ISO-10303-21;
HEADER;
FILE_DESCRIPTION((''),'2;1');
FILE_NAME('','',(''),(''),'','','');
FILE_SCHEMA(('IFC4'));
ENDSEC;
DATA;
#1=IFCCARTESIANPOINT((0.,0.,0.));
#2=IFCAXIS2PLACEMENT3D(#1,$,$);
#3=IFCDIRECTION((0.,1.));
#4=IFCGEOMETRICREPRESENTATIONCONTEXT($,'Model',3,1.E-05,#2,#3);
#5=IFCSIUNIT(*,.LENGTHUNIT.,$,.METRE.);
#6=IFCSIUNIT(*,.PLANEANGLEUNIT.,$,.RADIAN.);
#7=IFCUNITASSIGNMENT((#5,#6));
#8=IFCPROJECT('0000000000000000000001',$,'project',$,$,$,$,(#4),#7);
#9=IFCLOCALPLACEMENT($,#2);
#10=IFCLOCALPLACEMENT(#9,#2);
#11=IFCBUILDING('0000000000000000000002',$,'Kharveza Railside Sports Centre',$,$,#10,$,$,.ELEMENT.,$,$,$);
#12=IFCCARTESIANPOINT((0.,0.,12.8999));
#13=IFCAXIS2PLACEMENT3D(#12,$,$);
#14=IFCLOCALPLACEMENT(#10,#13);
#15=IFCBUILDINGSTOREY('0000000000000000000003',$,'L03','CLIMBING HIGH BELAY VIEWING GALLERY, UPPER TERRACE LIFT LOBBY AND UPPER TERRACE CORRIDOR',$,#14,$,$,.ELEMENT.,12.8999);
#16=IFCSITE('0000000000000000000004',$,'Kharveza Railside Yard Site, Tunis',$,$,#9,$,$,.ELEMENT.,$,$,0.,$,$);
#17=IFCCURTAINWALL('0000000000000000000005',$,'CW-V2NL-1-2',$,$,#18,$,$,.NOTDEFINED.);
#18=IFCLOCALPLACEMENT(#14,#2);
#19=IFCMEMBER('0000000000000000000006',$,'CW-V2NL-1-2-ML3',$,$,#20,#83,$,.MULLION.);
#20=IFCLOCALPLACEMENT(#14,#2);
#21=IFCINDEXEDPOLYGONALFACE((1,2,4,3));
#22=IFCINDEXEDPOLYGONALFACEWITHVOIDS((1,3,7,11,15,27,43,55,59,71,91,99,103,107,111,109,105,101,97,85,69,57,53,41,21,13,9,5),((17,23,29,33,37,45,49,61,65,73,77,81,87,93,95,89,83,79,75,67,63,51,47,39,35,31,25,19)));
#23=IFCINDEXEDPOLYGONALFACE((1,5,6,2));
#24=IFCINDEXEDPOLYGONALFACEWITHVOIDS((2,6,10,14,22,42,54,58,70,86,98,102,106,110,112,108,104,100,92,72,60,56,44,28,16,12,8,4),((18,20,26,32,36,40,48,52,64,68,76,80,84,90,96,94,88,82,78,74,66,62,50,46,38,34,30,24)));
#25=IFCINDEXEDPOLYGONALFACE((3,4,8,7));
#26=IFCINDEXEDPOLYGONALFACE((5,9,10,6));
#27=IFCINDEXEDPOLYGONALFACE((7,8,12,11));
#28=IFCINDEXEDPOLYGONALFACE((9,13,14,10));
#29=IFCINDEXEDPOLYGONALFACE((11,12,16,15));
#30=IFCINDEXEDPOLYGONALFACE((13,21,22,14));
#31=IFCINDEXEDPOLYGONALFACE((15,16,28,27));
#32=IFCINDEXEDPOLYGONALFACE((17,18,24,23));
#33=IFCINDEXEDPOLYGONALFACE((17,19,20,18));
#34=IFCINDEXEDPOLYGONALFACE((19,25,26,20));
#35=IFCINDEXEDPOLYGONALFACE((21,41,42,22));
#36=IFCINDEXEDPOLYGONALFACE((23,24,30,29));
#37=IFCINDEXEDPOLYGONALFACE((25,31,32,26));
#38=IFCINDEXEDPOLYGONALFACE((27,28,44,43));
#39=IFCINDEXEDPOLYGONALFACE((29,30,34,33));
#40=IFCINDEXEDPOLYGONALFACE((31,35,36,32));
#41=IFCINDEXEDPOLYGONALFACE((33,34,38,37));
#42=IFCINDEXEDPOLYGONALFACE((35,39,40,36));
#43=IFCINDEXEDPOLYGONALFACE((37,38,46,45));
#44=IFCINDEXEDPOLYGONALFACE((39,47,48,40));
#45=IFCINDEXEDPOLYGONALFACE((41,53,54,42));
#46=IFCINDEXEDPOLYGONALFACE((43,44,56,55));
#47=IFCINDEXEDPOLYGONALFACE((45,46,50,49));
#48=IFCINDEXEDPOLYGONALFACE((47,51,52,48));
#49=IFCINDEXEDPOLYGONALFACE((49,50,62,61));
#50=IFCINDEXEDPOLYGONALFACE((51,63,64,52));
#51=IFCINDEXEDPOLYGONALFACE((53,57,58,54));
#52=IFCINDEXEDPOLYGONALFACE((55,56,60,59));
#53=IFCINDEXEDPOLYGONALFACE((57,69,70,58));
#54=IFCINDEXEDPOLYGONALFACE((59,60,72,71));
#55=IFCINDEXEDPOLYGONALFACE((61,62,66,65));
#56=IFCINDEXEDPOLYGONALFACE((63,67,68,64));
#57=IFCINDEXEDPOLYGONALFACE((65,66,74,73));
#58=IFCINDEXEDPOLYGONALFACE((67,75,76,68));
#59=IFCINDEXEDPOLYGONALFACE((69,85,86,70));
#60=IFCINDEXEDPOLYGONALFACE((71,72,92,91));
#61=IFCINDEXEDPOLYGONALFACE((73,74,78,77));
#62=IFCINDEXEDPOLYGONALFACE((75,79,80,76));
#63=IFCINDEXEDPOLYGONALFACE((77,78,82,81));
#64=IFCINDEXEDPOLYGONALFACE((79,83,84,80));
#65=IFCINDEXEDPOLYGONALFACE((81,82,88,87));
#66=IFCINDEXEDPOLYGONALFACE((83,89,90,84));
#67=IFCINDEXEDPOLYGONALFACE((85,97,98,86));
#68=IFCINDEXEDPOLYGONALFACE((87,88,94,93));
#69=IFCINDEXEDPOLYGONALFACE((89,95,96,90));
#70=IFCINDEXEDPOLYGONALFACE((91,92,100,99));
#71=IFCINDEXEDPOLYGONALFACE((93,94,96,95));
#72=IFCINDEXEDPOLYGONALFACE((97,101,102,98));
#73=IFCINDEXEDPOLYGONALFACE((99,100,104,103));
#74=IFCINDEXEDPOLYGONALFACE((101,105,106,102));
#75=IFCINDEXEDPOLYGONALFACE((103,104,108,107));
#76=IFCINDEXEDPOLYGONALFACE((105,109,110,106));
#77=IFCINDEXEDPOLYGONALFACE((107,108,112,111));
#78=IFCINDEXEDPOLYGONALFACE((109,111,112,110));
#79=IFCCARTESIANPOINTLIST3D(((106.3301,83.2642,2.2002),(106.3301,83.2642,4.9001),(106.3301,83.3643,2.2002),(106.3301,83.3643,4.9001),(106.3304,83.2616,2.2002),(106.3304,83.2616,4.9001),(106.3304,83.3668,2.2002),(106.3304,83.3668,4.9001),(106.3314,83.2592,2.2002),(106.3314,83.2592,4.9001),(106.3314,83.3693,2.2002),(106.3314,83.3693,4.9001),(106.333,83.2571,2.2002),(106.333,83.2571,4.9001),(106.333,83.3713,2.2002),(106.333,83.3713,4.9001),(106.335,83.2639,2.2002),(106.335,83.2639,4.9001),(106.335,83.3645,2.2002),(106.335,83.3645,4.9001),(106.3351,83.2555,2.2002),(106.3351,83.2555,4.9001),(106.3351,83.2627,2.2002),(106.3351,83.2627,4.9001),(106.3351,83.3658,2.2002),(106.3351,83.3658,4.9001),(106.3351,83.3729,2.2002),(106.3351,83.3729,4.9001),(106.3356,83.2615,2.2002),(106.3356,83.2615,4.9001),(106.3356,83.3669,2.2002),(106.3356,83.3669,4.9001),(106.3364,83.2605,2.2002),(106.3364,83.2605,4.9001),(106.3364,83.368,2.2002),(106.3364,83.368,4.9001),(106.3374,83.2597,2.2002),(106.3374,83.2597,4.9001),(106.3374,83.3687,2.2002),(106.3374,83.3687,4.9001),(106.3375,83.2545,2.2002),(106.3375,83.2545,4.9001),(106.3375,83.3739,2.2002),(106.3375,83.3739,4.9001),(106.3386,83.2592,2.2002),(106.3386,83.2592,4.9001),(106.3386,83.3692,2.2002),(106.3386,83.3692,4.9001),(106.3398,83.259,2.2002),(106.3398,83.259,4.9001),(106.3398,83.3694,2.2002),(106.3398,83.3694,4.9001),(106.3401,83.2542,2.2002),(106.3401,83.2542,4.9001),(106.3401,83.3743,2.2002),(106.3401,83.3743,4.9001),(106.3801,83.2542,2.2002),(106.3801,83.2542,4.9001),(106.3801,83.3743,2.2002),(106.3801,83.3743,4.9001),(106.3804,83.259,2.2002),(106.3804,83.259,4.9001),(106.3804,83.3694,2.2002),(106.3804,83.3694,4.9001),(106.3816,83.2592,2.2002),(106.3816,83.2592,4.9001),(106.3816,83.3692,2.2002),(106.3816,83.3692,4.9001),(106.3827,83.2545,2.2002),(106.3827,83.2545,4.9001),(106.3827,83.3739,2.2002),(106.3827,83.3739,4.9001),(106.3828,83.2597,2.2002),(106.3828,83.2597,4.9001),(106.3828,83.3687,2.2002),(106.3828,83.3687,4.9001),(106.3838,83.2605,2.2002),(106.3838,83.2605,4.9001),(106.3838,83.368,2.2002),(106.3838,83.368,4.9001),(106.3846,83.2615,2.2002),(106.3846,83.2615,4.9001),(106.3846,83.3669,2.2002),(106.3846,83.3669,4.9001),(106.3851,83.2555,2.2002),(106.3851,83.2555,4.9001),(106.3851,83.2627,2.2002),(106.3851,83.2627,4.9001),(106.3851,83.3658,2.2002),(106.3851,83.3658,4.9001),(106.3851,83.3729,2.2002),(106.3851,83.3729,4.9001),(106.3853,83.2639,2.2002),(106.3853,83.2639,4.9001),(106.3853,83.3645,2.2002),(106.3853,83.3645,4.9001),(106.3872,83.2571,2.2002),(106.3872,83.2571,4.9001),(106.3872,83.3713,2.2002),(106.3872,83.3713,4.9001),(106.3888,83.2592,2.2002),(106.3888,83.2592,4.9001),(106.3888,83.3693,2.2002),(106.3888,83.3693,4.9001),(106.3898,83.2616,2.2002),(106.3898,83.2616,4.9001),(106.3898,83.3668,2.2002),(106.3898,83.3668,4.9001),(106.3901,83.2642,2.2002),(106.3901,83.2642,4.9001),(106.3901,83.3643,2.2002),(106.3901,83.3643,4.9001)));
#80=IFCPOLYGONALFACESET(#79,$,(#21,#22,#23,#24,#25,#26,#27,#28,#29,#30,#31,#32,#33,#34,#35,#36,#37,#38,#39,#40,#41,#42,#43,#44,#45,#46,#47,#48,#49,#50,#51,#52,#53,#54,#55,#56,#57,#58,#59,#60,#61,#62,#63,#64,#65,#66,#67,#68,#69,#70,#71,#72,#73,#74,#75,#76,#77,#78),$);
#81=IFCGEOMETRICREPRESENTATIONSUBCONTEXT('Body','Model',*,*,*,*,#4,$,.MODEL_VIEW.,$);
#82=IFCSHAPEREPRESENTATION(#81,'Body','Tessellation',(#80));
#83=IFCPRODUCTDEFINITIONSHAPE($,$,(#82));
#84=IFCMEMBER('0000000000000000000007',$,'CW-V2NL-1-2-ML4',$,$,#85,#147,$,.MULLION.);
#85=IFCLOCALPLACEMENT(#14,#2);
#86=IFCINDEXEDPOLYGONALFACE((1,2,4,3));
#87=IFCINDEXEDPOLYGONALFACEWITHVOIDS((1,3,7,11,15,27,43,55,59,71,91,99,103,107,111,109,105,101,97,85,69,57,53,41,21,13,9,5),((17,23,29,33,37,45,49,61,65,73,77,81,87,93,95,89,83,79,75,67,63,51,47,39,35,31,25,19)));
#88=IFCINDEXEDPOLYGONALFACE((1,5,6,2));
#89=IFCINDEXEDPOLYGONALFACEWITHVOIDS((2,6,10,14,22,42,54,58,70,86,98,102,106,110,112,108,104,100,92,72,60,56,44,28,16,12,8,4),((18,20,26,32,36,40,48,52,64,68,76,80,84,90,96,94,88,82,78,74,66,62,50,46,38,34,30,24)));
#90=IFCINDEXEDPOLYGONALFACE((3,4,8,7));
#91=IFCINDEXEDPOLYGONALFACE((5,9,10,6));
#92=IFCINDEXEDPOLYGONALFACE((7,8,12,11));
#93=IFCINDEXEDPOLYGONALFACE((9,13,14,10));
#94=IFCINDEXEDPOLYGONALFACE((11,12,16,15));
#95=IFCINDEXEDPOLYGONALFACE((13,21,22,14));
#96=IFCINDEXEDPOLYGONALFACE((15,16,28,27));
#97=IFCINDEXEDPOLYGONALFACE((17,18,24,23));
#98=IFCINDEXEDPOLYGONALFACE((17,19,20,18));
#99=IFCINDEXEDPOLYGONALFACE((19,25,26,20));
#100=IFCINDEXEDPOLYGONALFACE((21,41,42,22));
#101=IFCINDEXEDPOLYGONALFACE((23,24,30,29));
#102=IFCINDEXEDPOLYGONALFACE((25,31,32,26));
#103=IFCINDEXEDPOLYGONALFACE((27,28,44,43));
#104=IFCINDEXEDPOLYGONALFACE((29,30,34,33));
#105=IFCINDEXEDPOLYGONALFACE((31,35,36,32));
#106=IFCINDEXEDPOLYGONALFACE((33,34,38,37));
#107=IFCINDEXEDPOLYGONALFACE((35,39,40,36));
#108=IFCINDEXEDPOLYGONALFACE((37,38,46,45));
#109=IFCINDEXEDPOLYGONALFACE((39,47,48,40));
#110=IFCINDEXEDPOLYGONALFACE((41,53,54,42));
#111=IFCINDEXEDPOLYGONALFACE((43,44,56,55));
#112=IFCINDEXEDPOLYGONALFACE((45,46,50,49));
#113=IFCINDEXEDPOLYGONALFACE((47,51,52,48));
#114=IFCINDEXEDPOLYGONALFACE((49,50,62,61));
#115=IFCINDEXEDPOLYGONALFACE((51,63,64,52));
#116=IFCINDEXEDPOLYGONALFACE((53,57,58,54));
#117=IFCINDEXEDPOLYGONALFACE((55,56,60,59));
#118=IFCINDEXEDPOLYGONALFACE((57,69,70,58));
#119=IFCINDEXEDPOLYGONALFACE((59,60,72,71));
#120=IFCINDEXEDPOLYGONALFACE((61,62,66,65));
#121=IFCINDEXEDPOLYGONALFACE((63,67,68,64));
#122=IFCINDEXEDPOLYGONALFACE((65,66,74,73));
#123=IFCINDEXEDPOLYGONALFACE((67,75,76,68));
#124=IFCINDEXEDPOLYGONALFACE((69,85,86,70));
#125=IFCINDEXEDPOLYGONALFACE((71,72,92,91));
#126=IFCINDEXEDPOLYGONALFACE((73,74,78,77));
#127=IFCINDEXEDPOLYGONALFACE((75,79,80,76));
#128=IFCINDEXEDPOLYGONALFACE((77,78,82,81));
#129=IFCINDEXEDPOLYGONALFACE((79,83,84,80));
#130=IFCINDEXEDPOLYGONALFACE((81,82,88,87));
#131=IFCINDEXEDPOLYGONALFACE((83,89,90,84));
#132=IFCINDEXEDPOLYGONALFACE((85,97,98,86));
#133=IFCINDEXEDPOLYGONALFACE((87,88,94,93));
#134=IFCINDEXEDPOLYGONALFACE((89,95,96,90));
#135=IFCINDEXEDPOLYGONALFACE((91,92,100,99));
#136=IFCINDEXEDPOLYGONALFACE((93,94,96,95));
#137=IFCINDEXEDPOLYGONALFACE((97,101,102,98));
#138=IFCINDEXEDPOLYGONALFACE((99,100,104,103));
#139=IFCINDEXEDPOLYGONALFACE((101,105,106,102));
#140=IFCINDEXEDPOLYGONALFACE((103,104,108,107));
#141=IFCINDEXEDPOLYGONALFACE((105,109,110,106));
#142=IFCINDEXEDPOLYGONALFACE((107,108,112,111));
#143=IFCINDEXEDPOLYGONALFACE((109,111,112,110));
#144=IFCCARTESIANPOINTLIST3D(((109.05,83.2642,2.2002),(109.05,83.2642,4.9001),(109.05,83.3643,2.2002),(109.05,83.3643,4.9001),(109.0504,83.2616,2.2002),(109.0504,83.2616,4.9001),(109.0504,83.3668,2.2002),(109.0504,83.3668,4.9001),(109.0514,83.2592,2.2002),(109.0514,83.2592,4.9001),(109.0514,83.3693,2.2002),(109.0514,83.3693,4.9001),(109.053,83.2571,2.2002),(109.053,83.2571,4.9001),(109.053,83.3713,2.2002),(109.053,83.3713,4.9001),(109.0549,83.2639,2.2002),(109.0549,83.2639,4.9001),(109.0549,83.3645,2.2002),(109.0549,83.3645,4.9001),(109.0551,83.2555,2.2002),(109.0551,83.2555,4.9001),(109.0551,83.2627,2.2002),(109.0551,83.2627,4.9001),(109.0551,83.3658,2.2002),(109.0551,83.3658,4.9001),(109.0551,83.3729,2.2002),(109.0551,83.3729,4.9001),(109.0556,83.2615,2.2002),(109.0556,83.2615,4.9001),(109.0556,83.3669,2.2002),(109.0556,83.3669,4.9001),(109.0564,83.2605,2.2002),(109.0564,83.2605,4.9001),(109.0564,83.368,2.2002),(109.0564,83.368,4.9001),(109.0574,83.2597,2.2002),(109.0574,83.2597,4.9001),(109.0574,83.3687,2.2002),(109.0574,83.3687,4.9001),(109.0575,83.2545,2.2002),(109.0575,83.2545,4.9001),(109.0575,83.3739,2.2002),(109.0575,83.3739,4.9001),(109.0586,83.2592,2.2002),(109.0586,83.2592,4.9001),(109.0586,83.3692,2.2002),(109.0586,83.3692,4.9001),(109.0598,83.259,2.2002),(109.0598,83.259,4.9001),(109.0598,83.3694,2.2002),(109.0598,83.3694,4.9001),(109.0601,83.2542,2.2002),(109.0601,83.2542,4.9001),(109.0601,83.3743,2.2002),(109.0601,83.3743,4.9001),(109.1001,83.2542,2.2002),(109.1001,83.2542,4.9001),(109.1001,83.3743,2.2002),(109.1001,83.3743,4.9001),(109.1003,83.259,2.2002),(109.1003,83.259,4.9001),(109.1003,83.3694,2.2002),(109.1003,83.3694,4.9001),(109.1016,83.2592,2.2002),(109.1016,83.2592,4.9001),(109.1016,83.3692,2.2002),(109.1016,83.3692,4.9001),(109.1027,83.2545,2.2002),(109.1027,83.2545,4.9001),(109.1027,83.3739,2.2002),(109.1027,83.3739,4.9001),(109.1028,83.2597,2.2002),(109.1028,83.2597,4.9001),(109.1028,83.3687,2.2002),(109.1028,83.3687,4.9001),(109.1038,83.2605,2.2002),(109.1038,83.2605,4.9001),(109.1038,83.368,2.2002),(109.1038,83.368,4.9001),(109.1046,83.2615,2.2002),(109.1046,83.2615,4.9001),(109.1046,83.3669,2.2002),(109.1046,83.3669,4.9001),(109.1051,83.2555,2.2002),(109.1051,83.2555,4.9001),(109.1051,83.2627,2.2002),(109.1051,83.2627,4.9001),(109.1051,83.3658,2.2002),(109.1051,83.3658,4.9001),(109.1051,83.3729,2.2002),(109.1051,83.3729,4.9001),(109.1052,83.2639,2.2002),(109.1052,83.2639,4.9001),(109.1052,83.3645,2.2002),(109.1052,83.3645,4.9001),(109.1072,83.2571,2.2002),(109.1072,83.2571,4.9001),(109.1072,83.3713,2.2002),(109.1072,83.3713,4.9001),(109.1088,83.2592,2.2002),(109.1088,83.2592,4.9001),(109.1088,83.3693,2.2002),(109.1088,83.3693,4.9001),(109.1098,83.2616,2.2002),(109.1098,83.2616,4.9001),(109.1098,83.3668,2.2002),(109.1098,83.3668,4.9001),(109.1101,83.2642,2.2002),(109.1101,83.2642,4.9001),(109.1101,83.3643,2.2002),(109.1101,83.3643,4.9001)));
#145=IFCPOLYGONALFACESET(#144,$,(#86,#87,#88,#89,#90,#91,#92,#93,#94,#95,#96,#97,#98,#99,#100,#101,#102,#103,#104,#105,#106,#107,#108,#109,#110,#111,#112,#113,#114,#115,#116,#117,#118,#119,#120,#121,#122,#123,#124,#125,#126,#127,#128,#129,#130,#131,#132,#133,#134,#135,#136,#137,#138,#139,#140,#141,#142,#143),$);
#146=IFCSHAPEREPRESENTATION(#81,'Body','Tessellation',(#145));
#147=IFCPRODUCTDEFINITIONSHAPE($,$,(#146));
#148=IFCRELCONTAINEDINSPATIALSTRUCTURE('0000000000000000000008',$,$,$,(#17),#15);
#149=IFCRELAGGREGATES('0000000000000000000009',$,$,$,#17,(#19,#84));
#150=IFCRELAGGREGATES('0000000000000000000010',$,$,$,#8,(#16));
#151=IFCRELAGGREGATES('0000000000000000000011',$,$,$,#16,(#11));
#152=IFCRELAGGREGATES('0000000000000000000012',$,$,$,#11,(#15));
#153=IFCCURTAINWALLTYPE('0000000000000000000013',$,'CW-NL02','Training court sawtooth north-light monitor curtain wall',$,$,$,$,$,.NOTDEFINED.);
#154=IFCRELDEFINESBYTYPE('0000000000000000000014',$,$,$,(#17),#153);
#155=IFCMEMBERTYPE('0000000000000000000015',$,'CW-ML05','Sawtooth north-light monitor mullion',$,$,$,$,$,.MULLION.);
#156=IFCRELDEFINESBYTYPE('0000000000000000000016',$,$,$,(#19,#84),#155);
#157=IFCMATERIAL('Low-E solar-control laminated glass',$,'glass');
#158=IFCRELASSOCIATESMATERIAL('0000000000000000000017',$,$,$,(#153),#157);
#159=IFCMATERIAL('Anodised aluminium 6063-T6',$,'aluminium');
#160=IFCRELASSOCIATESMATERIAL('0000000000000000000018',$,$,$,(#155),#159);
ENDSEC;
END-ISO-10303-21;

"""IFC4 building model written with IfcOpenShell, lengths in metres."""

from ifc_helpers import new_model, si_unit, direction, frame, origin, origin_2d, place, context, subcontext, project, spatial, hollow_rectangle, extrude, material, material_profile, profile_set, type_object, element, aggregate, save


model = new_model("IFC4")

# Units and contexts
model_context = context("Model", 3, precision=1e-05, world=origin(), true_north=direction((0.0, 1.0)))
body_context = subcontext(model_context, "Body", "Model", "MODEL_VIEW")
ifc_project = project(units=[si_unit("LENGTHUNIT", "METRE"), si_unit("PLANEANGLEUNIT", "RADIAN")], contexts=[model_context])

# Site, building, storey
site_placement = place(None, origin())
site = spatial("IfcSite", under=ifc_project, at=site_placement, Name="Kharveza Railside Yard Site, Tunis", CompositionType="ELEMENT", RefElevation=0.0)
building_placement = place(site_placement, origin())
building = spatial("IfcBuilding", under=site, at=building_placement, Name="Kharveza Railside Sports Centre", CompositionType="ELEMENT")
storey_placement = place(building_placement, frame((0.0, 0.0, 12.8999)))
storey = spatial("IfcBuildingStorey", under=building, at=storey_placement, Name="L03", Description="CLIMBING HIGH BELAY VIEWING GALLERY, UPPER TERRACE LIFT LOBBY AND UPPER TERRACE CORRIDOR", CompositionType="ELEMENT", Elevation=12.8999)

# Shared definitions
ifc_material_1 = material(Name="Low-E solar-control laminated glass", Category="glass")
curtain_wall_type = type_object("IfcCurtainWallType", Name="CW-NL02", Description="Training court sawtooth north-light monitor curtain wall", PredefinedType="NOTDEFINED", material=ifc_material_1)
ifc_material_2 = material(Name="Anodised aluminium 6063-T6", Category="aluminium")
ifc_material_profile_1 = material_profile(ifc_material_2, hollow_rectangle(XDim=0.0601, YDim=0.1201, WallThickness=0.0049, InnerFilletRadius=0.0049, OuterFilletRadius=0.01, at=origin_2d()), Name="RHS 60x120x5.0")
ifc_profile_set_1 = profile_set([ifc_material_profile_1], Name="Anodised aluminium 6063-T6")
member_type_1 = type_object("IfcMemberType", Name="CW-ML05", Description="Sawtooth north-light monitor mullion", PredefinedType="MULLION", material=ifc_profile_set_1)

# Curtain wall, members
curtain_wall_1_placement = place(storey_placement, origin())
curtain_wall_1 = element("IfcCurtainWall", 1, at=curtain_wall_1_placement, inside=storey, type_object=curtain_wall_type, Name="CW-V2NL-1-2", PredefinedType="NOTDEFINED")
member_1_placement = place(storey_placement, frame((106.3601, 83.3142, 2.2002), z_axis=(0.0, 0.0, 1.0), x_axis=(1.0, 0.0, 0.0)))
member_1 = element("IfcMember", 2, at=member_1_placement, type_object=member_type_1, Name="CW-V2NL-1-2-ML3", PredefinedType="MULLION", context=body_context, shape_type="SweptSolid", body=[
    extrude(hollow_rectangle(XDim=0.0601, YDim=0.1201, WallThickness=0.0049, InnerFilletRadius=0.0049, OuterFilletRadius=0.01, at=origin_2d()), origin(), (0.0, 0.0, 1.0), 2.7),
])
member_2_placement = place(storey_placement, frame((109.0801, 83.3142, 2.2002), z_axis=(0.0, 0.0, 1.0), x_axis=(1.0, 0.0, 0.0)))
member_2 = element("IfcMember", 3, at=member_2_placement, type_object=member_type_1, Name="CW-V2NL-1-2-ML4", PredefinedType="MULLION", context=body_context, shape_type="SweptSolid", body=[
    extrude(hollow_rectangle(XDim=0.0601, YDim=0.1201, WallThickness=0.0049, InnerFilletRadius=0.0049, OuterFilletRadius=0.01, at=origin_2d()), origin(), (0.0, 0.0, 1.0), 2.7),
])

aggregate(curtain_wall_1, [member_1, member_2])

save(model, "model.ifc")
